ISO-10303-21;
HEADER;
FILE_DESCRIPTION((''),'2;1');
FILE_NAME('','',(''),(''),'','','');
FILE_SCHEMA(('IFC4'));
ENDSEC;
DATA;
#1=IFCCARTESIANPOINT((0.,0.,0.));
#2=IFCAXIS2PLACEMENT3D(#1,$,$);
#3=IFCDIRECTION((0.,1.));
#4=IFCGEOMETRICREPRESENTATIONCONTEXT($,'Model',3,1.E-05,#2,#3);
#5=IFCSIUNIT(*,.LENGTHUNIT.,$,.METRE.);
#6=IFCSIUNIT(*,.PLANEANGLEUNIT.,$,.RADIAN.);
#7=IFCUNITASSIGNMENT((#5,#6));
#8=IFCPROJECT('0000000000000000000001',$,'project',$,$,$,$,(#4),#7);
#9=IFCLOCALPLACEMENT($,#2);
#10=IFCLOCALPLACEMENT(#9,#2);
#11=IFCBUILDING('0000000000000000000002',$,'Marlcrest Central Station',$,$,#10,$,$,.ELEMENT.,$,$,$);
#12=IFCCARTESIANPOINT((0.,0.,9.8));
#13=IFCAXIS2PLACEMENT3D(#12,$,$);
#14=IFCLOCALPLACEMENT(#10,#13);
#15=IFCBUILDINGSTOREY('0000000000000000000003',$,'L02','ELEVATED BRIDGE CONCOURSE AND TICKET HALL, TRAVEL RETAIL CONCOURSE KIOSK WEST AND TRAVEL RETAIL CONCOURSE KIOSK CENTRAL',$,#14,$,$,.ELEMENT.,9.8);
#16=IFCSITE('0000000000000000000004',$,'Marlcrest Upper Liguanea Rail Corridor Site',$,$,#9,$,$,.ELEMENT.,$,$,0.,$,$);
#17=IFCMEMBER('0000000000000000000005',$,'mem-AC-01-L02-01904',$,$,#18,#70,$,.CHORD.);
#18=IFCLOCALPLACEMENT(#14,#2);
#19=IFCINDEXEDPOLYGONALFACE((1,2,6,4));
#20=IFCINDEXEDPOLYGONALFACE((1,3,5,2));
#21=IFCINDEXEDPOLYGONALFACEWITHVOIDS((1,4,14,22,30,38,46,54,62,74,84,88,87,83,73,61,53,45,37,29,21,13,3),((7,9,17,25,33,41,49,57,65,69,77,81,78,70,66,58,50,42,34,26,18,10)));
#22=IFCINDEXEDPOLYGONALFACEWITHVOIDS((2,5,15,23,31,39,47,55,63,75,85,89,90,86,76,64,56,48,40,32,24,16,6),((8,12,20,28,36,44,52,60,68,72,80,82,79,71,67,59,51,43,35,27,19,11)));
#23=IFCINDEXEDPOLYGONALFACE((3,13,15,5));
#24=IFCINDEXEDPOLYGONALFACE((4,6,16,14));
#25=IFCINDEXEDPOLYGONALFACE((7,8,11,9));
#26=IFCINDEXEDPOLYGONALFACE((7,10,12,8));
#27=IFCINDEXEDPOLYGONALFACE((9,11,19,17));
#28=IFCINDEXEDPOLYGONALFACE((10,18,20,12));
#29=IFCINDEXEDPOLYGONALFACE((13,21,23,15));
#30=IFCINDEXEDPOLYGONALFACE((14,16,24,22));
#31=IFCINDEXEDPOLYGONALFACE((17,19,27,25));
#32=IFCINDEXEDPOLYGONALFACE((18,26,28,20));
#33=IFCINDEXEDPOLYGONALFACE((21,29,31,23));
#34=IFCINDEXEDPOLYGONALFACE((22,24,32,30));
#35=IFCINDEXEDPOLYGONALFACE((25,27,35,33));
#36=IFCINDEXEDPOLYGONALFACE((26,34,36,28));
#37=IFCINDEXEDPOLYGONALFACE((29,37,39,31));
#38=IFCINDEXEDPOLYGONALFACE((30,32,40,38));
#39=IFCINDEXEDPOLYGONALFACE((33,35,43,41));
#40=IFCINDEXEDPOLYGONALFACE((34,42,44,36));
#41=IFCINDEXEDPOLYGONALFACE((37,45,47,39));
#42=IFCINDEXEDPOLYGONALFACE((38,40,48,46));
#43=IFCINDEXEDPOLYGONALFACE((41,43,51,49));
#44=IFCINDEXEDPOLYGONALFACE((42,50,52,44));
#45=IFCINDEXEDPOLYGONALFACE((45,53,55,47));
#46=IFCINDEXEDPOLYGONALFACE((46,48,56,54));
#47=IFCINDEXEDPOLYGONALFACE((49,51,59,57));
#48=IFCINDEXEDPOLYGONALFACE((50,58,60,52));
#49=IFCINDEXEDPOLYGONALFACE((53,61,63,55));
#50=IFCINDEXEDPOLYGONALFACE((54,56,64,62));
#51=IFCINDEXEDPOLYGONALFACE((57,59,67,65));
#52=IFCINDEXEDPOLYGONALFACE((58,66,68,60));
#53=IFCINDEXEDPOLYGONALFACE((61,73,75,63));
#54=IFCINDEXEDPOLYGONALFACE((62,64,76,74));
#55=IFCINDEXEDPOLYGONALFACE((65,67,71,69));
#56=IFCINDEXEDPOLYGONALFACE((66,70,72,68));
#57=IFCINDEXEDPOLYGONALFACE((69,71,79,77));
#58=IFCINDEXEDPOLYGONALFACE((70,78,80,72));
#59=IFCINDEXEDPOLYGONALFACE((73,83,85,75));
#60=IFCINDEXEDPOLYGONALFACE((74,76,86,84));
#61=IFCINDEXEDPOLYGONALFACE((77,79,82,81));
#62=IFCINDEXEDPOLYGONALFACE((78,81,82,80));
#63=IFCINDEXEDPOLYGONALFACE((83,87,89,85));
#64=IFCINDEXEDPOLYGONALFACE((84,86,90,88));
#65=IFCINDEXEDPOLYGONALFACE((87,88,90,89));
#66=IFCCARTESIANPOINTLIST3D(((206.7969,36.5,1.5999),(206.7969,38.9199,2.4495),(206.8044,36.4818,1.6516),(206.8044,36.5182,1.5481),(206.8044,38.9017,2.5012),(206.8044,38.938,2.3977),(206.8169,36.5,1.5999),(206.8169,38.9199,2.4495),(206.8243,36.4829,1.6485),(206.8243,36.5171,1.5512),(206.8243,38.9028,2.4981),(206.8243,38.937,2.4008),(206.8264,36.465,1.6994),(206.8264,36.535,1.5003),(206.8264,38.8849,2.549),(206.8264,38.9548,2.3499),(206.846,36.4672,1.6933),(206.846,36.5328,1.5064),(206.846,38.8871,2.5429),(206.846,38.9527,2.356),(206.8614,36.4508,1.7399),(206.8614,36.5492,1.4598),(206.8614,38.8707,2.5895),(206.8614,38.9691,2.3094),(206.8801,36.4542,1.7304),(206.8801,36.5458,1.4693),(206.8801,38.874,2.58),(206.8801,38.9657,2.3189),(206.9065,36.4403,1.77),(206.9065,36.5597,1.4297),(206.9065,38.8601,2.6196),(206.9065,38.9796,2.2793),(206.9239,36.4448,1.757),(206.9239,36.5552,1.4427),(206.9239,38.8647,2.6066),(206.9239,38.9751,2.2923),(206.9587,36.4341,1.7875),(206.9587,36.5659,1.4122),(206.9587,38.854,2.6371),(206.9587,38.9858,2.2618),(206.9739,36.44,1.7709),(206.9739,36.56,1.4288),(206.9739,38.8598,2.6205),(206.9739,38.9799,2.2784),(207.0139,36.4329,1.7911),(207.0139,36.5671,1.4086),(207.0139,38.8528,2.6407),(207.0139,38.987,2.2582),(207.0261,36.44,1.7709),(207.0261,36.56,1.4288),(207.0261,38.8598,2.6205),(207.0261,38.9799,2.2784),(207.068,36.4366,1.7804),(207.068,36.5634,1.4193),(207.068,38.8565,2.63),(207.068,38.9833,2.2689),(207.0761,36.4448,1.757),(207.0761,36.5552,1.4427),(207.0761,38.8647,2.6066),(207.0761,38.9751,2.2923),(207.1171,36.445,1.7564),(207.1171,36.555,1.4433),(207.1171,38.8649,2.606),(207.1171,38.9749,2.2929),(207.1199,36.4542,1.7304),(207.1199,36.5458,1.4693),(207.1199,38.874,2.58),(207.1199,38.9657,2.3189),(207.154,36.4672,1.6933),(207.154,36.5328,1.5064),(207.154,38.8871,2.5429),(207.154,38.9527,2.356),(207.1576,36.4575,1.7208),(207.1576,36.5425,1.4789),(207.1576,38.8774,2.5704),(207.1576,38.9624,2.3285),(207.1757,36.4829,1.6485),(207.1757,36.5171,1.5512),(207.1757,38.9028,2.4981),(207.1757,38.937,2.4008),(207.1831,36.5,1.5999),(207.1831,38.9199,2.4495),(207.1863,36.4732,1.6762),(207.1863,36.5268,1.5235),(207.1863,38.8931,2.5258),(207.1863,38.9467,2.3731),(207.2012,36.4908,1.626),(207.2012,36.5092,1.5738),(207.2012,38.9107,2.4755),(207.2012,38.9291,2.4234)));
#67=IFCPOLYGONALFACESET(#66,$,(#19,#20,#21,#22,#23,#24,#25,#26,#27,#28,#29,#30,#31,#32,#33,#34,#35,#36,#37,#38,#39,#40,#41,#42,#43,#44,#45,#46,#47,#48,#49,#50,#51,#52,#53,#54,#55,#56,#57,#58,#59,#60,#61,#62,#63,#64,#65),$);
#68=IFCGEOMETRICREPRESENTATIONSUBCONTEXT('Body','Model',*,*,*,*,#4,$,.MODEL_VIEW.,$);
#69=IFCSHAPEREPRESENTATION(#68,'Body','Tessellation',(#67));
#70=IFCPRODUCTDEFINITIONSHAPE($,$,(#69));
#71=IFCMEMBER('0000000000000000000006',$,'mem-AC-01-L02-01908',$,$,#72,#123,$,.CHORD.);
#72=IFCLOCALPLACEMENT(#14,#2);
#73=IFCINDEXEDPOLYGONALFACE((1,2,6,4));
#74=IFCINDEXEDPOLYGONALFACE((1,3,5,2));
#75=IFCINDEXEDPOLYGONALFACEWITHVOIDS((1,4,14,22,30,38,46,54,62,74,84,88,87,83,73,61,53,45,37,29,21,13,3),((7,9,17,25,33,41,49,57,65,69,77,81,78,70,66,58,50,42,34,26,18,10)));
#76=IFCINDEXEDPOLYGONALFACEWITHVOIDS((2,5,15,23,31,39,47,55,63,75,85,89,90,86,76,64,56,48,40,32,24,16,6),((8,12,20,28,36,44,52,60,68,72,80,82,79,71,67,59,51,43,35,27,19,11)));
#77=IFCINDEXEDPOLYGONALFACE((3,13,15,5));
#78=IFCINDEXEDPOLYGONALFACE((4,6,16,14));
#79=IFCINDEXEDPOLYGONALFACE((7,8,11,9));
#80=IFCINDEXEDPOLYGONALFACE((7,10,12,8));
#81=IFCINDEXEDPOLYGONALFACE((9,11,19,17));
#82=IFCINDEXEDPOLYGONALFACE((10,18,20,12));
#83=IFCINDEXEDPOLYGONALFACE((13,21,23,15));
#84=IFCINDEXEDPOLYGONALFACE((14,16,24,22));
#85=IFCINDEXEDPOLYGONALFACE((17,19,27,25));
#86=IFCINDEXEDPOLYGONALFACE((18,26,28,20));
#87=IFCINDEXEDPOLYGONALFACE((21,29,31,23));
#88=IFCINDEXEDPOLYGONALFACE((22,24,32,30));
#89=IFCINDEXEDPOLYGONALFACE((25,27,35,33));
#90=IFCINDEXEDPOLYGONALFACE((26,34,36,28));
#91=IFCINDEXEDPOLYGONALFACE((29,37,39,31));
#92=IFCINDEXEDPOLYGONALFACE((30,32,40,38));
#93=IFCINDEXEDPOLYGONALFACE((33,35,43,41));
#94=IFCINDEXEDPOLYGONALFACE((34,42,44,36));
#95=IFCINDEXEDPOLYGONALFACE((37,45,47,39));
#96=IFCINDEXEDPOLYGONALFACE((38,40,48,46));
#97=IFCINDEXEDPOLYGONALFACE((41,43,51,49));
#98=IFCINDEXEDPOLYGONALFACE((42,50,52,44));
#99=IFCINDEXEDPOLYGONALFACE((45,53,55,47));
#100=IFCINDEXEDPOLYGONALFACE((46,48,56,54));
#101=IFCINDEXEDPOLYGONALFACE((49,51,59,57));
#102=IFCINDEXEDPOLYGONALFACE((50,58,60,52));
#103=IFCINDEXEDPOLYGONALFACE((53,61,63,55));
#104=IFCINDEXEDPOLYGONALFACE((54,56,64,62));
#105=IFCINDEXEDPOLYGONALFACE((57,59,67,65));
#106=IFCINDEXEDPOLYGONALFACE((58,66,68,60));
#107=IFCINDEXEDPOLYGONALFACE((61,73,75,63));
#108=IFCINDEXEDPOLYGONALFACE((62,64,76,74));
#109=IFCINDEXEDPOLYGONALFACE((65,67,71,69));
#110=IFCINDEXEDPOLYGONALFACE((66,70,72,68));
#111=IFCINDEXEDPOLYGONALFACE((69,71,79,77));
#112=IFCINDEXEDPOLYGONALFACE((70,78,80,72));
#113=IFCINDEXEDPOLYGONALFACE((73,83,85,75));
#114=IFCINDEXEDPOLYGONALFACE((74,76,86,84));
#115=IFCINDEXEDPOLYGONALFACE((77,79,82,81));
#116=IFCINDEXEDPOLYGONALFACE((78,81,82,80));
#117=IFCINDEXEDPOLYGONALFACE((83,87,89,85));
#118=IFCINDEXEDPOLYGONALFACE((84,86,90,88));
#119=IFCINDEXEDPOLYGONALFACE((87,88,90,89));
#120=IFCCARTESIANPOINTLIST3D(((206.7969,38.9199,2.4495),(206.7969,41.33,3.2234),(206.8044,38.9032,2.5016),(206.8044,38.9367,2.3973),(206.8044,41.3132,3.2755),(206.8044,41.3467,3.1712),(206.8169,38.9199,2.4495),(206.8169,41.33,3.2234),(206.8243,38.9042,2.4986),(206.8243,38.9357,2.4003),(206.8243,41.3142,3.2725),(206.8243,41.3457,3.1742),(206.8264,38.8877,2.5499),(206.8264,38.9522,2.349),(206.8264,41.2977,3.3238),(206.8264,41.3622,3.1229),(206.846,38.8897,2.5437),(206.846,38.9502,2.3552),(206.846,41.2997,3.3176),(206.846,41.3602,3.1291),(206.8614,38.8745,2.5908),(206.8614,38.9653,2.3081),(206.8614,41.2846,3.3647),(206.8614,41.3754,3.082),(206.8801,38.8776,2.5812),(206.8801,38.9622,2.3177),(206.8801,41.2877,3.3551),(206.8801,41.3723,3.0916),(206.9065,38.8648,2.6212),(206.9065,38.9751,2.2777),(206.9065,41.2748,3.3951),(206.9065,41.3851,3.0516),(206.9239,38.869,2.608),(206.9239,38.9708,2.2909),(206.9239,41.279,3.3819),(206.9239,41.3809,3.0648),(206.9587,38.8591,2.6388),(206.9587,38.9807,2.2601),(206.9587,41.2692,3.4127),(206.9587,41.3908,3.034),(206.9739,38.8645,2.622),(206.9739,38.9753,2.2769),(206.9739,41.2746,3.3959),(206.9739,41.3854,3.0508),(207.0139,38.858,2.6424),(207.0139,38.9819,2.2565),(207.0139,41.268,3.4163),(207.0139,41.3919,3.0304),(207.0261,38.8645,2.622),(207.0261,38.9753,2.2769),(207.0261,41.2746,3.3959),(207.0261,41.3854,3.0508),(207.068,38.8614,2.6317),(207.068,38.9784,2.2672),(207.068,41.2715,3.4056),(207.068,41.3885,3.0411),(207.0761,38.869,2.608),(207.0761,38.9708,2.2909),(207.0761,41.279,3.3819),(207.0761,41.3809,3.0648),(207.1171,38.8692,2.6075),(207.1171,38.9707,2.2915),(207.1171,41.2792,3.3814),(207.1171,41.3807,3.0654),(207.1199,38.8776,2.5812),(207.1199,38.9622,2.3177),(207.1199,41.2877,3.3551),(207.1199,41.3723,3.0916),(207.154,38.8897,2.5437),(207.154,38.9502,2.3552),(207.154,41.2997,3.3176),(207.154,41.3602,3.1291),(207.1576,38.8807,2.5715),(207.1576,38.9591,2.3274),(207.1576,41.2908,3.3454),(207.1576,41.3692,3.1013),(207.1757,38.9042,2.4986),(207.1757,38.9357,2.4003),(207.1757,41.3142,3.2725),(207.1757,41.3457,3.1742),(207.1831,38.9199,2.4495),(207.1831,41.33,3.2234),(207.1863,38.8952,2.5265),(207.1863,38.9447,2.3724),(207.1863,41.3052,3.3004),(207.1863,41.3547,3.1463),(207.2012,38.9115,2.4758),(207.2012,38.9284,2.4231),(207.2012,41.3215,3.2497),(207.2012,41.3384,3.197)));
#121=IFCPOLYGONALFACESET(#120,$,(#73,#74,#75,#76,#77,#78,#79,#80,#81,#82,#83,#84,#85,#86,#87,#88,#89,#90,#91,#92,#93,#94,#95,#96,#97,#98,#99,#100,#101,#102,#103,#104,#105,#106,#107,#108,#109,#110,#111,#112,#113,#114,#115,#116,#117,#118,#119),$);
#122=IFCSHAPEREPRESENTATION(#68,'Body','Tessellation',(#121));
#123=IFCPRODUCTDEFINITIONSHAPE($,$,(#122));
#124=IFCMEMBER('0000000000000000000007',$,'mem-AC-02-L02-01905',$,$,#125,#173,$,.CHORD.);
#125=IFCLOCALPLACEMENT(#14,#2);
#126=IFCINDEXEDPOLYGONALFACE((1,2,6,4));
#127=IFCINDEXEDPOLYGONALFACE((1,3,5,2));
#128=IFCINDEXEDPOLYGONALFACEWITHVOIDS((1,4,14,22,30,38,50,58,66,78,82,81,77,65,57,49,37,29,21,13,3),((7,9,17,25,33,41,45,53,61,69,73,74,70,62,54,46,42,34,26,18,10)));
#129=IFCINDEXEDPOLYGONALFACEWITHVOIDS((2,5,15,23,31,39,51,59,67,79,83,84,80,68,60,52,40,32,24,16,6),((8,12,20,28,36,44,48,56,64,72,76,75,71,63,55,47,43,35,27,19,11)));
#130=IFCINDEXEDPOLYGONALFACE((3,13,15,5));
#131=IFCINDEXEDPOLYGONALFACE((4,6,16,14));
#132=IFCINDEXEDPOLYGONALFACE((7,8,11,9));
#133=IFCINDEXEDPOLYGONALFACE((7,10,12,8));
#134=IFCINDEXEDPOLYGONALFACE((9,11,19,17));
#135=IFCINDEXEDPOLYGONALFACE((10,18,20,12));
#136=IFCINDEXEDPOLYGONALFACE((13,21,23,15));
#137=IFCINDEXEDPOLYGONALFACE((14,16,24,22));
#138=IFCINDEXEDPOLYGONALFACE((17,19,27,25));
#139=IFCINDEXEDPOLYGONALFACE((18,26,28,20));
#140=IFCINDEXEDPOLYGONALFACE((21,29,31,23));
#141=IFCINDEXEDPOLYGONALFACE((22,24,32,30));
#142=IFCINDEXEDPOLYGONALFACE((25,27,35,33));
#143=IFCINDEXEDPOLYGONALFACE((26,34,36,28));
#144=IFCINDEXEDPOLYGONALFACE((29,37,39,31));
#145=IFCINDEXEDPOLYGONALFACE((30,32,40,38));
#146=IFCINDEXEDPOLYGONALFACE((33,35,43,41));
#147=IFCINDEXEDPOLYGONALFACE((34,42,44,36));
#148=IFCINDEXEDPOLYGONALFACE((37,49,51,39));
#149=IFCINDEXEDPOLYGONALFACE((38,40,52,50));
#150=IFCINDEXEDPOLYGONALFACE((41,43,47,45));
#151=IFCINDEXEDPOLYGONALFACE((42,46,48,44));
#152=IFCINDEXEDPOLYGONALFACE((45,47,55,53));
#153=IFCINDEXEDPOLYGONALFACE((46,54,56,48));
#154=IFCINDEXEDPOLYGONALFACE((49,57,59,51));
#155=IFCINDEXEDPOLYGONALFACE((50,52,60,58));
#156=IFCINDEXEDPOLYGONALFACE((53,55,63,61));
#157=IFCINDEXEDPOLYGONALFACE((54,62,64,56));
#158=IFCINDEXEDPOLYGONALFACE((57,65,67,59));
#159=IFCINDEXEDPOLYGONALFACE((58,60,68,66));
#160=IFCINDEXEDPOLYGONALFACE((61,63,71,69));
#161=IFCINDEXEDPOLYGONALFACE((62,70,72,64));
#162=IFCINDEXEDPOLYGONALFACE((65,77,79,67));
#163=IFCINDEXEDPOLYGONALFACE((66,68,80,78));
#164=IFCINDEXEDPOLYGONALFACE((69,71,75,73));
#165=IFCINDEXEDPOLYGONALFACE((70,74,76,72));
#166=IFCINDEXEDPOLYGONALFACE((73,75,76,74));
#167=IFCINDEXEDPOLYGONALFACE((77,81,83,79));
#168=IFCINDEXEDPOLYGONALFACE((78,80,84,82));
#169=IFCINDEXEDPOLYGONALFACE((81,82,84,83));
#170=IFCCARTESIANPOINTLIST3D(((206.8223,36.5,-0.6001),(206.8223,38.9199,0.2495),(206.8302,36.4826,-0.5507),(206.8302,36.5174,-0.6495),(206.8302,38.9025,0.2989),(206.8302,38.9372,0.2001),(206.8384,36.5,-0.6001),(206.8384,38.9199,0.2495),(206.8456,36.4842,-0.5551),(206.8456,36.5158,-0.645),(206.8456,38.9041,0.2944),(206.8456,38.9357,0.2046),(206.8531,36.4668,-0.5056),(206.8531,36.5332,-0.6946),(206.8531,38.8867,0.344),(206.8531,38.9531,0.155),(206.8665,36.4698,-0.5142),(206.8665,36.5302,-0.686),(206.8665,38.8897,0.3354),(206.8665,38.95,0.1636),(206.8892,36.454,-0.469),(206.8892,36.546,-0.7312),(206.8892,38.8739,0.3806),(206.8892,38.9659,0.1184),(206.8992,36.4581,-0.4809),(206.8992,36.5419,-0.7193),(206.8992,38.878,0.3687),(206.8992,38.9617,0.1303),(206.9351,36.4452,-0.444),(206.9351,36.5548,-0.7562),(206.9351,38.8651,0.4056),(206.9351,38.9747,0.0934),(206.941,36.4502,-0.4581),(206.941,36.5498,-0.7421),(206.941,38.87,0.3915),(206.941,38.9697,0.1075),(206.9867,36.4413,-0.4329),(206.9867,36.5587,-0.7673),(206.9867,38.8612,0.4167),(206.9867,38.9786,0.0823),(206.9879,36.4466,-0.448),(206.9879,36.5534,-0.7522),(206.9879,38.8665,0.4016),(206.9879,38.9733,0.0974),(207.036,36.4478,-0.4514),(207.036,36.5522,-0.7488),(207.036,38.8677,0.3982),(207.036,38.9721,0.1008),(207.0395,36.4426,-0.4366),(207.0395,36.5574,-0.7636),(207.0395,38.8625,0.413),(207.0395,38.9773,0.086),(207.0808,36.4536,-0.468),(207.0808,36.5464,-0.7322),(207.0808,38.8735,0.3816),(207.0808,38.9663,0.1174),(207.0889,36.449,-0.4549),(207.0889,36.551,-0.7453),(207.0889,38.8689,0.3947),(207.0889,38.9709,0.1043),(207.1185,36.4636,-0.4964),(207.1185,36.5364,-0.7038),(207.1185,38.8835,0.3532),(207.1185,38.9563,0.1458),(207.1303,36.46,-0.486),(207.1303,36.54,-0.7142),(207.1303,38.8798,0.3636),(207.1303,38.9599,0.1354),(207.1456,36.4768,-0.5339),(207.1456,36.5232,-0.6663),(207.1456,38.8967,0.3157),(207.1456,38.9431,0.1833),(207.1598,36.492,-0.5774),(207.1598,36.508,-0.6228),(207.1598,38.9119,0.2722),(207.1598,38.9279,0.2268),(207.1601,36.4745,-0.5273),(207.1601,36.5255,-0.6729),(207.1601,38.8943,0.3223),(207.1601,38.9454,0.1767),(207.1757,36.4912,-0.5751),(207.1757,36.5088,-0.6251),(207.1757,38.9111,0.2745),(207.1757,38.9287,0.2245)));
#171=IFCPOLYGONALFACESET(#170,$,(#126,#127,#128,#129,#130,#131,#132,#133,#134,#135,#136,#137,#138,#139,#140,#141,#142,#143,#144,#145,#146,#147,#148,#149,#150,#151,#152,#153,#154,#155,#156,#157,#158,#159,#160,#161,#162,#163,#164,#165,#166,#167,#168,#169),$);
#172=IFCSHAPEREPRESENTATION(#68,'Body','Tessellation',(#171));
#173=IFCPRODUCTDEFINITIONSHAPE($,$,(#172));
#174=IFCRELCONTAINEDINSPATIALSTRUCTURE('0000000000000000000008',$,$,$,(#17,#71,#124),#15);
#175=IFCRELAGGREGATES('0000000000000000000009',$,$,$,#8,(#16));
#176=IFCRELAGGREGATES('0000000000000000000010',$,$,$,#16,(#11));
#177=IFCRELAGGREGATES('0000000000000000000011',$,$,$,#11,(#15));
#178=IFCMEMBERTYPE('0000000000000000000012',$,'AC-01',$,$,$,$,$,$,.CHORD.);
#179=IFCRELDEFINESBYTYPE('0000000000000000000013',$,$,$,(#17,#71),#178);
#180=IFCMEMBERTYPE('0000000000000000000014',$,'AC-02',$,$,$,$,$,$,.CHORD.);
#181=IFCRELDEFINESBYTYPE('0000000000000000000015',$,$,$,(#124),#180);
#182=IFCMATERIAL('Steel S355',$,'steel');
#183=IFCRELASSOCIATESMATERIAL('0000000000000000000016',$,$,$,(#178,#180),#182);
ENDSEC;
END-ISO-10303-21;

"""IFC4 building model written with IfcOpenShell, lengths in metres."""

from ifc_helpers import new_model, si_unit, direction, frame, origin, origin_2d, place, context, subcontext, project, spatial, hollow_circle, extrude, material, material_profile, profile_set, type_object, element, save


model = new_model("IFC4")

# Units and contexts
model_context = context("Model", 3, precision=1e-05, world=origin(), true_north=direction((0.0, 1.0)))
body_context = subcontext(model_context, "Body", "Model", "MODEL_VIEW")
ifc_project = project(units=[si_unit("LENGTHUNIT", "METRE"), si_unit("PLANEANGLEUNIT", "RADIAN")], contexts=[model_context])

# Site, building, storey
site_placement = place(None, origin())
site = spatial("IfcSite", under=ifc_project, at=site_placement, Name="Marlcrest Upper Liguanea Rail Corridor Site", CompositionType="ELEMENT", RefElevation=0.0)
building_placement = place(site_placement, origin())
building = spatial("IfcBuilding", under=site, at=building_placement, Name="Marlcrest Central Station", CompositionType="ELEMENT")
storey_placement = place(building_placement, frame((0.0, 0.0, 9.8)))
storey = spatial("IfcBuildingStorey", under=building, at=storey_placement, Name="L02", Description="ELEVATED BRIDGE CONCOURSE AND TICKET HALL, TRAVEL RETAIL CONCOURSE KIOSK WEST AND TRAVEL RETAIL CONCOURSE KIOSK CENTRAL", CompositionType="ELEMENT", Elevation=9.8)

# Members
ifc_material_1 = material(Name="Steel S355", Category="steel")
ifc_material_profile_1 = material_profile(ifc_material_1, hollow_circle(Radius=0.2031, WallThickness=0.02, at=origin_2d()), Name="CHS 406.4x20")
ifc_profile_set_1 = profile_set([ifc_material_profile_1], Name="Steel S355")
member_type_1 = type_object("IfcMemberType", Name="AC-01", PredefinedType="CHORD", material=ifc_profile_set_1)
member_1_placement = place(storey_placement, frame((207.0, 36.5, 1.5999), z_axis=(0.0, 0.943537, 0.331266), x_axis=(-1.0, 0.0, 0.0)))
element("IfcMember", 1, at=member_1_placement, inside=storey, type_object=member_type_1, Name="mem-AC-01-L02-01904", PredefinedType="CHORD", context=body_context, shape_type="SweptSolid", body=[
    extrude(hollow_circle(Radius=0.2031, WallThickness=0.02, at=origin_2d()), origin(), (0.0, 0.0, 1.0), 2.5647),
])
member_2_placement = place(storey_placement, frame((207.0, 38.9199, 2.4495), z_axis=(0.0, 0.952117, 0.305734), x_axis=(-1.0, 0.0, 0.0)))
element("IfcMember", 2, at=member_2_placement, inside=storey, type_object=member_type_1, Name="mem-AC-01-L02-01908", PredefinedType="CHORD", context=body_context, shape_type="SweptSolid", body=[
    extrude(hollow_circle(Radius=0.2031, WallThickness=0.02, at=origin_2d()), origin(), (0.0, 0.0, 1.0), 2.5312),
])
ifc_material_profile_2 = material_profile(ifc_material_1, hollow_circle(Radius=0.1777, WallThickness=0.0161, at=origin_2d()), Name="CHS 355.6x16")
ifc_profile_set_2 = profile_set([ifc_material_profile_2], Name="Steel S355")
member_type_2 = type_object("IfcMemberType", Name="AC-02", PredefinedType="CHORD", material=ifc_profile_set_2)
member_3_placement = place(storey_placement, frame((207.0, 36.5, -0.6001), z_axis=(0.0, 0.943537, 0.331266), x_axis=(-1.0, 0.0, 0.0)))
element("IfcMember", 3, at=member_3_placement, inside=storey, type_object=member_type_2, Name="mem-AC-02-L02-01905", PredefinedType="CHORD", context=body_context, shape_type="SweptSolid", body=[
    extrude(hollow_circle(Radius=0.1777, WallThickness=0.0161, at=origin_2d()), origin(), (0.0, 0.0, 1.0), 2.5647),
])

save(model, "model.ifc")
